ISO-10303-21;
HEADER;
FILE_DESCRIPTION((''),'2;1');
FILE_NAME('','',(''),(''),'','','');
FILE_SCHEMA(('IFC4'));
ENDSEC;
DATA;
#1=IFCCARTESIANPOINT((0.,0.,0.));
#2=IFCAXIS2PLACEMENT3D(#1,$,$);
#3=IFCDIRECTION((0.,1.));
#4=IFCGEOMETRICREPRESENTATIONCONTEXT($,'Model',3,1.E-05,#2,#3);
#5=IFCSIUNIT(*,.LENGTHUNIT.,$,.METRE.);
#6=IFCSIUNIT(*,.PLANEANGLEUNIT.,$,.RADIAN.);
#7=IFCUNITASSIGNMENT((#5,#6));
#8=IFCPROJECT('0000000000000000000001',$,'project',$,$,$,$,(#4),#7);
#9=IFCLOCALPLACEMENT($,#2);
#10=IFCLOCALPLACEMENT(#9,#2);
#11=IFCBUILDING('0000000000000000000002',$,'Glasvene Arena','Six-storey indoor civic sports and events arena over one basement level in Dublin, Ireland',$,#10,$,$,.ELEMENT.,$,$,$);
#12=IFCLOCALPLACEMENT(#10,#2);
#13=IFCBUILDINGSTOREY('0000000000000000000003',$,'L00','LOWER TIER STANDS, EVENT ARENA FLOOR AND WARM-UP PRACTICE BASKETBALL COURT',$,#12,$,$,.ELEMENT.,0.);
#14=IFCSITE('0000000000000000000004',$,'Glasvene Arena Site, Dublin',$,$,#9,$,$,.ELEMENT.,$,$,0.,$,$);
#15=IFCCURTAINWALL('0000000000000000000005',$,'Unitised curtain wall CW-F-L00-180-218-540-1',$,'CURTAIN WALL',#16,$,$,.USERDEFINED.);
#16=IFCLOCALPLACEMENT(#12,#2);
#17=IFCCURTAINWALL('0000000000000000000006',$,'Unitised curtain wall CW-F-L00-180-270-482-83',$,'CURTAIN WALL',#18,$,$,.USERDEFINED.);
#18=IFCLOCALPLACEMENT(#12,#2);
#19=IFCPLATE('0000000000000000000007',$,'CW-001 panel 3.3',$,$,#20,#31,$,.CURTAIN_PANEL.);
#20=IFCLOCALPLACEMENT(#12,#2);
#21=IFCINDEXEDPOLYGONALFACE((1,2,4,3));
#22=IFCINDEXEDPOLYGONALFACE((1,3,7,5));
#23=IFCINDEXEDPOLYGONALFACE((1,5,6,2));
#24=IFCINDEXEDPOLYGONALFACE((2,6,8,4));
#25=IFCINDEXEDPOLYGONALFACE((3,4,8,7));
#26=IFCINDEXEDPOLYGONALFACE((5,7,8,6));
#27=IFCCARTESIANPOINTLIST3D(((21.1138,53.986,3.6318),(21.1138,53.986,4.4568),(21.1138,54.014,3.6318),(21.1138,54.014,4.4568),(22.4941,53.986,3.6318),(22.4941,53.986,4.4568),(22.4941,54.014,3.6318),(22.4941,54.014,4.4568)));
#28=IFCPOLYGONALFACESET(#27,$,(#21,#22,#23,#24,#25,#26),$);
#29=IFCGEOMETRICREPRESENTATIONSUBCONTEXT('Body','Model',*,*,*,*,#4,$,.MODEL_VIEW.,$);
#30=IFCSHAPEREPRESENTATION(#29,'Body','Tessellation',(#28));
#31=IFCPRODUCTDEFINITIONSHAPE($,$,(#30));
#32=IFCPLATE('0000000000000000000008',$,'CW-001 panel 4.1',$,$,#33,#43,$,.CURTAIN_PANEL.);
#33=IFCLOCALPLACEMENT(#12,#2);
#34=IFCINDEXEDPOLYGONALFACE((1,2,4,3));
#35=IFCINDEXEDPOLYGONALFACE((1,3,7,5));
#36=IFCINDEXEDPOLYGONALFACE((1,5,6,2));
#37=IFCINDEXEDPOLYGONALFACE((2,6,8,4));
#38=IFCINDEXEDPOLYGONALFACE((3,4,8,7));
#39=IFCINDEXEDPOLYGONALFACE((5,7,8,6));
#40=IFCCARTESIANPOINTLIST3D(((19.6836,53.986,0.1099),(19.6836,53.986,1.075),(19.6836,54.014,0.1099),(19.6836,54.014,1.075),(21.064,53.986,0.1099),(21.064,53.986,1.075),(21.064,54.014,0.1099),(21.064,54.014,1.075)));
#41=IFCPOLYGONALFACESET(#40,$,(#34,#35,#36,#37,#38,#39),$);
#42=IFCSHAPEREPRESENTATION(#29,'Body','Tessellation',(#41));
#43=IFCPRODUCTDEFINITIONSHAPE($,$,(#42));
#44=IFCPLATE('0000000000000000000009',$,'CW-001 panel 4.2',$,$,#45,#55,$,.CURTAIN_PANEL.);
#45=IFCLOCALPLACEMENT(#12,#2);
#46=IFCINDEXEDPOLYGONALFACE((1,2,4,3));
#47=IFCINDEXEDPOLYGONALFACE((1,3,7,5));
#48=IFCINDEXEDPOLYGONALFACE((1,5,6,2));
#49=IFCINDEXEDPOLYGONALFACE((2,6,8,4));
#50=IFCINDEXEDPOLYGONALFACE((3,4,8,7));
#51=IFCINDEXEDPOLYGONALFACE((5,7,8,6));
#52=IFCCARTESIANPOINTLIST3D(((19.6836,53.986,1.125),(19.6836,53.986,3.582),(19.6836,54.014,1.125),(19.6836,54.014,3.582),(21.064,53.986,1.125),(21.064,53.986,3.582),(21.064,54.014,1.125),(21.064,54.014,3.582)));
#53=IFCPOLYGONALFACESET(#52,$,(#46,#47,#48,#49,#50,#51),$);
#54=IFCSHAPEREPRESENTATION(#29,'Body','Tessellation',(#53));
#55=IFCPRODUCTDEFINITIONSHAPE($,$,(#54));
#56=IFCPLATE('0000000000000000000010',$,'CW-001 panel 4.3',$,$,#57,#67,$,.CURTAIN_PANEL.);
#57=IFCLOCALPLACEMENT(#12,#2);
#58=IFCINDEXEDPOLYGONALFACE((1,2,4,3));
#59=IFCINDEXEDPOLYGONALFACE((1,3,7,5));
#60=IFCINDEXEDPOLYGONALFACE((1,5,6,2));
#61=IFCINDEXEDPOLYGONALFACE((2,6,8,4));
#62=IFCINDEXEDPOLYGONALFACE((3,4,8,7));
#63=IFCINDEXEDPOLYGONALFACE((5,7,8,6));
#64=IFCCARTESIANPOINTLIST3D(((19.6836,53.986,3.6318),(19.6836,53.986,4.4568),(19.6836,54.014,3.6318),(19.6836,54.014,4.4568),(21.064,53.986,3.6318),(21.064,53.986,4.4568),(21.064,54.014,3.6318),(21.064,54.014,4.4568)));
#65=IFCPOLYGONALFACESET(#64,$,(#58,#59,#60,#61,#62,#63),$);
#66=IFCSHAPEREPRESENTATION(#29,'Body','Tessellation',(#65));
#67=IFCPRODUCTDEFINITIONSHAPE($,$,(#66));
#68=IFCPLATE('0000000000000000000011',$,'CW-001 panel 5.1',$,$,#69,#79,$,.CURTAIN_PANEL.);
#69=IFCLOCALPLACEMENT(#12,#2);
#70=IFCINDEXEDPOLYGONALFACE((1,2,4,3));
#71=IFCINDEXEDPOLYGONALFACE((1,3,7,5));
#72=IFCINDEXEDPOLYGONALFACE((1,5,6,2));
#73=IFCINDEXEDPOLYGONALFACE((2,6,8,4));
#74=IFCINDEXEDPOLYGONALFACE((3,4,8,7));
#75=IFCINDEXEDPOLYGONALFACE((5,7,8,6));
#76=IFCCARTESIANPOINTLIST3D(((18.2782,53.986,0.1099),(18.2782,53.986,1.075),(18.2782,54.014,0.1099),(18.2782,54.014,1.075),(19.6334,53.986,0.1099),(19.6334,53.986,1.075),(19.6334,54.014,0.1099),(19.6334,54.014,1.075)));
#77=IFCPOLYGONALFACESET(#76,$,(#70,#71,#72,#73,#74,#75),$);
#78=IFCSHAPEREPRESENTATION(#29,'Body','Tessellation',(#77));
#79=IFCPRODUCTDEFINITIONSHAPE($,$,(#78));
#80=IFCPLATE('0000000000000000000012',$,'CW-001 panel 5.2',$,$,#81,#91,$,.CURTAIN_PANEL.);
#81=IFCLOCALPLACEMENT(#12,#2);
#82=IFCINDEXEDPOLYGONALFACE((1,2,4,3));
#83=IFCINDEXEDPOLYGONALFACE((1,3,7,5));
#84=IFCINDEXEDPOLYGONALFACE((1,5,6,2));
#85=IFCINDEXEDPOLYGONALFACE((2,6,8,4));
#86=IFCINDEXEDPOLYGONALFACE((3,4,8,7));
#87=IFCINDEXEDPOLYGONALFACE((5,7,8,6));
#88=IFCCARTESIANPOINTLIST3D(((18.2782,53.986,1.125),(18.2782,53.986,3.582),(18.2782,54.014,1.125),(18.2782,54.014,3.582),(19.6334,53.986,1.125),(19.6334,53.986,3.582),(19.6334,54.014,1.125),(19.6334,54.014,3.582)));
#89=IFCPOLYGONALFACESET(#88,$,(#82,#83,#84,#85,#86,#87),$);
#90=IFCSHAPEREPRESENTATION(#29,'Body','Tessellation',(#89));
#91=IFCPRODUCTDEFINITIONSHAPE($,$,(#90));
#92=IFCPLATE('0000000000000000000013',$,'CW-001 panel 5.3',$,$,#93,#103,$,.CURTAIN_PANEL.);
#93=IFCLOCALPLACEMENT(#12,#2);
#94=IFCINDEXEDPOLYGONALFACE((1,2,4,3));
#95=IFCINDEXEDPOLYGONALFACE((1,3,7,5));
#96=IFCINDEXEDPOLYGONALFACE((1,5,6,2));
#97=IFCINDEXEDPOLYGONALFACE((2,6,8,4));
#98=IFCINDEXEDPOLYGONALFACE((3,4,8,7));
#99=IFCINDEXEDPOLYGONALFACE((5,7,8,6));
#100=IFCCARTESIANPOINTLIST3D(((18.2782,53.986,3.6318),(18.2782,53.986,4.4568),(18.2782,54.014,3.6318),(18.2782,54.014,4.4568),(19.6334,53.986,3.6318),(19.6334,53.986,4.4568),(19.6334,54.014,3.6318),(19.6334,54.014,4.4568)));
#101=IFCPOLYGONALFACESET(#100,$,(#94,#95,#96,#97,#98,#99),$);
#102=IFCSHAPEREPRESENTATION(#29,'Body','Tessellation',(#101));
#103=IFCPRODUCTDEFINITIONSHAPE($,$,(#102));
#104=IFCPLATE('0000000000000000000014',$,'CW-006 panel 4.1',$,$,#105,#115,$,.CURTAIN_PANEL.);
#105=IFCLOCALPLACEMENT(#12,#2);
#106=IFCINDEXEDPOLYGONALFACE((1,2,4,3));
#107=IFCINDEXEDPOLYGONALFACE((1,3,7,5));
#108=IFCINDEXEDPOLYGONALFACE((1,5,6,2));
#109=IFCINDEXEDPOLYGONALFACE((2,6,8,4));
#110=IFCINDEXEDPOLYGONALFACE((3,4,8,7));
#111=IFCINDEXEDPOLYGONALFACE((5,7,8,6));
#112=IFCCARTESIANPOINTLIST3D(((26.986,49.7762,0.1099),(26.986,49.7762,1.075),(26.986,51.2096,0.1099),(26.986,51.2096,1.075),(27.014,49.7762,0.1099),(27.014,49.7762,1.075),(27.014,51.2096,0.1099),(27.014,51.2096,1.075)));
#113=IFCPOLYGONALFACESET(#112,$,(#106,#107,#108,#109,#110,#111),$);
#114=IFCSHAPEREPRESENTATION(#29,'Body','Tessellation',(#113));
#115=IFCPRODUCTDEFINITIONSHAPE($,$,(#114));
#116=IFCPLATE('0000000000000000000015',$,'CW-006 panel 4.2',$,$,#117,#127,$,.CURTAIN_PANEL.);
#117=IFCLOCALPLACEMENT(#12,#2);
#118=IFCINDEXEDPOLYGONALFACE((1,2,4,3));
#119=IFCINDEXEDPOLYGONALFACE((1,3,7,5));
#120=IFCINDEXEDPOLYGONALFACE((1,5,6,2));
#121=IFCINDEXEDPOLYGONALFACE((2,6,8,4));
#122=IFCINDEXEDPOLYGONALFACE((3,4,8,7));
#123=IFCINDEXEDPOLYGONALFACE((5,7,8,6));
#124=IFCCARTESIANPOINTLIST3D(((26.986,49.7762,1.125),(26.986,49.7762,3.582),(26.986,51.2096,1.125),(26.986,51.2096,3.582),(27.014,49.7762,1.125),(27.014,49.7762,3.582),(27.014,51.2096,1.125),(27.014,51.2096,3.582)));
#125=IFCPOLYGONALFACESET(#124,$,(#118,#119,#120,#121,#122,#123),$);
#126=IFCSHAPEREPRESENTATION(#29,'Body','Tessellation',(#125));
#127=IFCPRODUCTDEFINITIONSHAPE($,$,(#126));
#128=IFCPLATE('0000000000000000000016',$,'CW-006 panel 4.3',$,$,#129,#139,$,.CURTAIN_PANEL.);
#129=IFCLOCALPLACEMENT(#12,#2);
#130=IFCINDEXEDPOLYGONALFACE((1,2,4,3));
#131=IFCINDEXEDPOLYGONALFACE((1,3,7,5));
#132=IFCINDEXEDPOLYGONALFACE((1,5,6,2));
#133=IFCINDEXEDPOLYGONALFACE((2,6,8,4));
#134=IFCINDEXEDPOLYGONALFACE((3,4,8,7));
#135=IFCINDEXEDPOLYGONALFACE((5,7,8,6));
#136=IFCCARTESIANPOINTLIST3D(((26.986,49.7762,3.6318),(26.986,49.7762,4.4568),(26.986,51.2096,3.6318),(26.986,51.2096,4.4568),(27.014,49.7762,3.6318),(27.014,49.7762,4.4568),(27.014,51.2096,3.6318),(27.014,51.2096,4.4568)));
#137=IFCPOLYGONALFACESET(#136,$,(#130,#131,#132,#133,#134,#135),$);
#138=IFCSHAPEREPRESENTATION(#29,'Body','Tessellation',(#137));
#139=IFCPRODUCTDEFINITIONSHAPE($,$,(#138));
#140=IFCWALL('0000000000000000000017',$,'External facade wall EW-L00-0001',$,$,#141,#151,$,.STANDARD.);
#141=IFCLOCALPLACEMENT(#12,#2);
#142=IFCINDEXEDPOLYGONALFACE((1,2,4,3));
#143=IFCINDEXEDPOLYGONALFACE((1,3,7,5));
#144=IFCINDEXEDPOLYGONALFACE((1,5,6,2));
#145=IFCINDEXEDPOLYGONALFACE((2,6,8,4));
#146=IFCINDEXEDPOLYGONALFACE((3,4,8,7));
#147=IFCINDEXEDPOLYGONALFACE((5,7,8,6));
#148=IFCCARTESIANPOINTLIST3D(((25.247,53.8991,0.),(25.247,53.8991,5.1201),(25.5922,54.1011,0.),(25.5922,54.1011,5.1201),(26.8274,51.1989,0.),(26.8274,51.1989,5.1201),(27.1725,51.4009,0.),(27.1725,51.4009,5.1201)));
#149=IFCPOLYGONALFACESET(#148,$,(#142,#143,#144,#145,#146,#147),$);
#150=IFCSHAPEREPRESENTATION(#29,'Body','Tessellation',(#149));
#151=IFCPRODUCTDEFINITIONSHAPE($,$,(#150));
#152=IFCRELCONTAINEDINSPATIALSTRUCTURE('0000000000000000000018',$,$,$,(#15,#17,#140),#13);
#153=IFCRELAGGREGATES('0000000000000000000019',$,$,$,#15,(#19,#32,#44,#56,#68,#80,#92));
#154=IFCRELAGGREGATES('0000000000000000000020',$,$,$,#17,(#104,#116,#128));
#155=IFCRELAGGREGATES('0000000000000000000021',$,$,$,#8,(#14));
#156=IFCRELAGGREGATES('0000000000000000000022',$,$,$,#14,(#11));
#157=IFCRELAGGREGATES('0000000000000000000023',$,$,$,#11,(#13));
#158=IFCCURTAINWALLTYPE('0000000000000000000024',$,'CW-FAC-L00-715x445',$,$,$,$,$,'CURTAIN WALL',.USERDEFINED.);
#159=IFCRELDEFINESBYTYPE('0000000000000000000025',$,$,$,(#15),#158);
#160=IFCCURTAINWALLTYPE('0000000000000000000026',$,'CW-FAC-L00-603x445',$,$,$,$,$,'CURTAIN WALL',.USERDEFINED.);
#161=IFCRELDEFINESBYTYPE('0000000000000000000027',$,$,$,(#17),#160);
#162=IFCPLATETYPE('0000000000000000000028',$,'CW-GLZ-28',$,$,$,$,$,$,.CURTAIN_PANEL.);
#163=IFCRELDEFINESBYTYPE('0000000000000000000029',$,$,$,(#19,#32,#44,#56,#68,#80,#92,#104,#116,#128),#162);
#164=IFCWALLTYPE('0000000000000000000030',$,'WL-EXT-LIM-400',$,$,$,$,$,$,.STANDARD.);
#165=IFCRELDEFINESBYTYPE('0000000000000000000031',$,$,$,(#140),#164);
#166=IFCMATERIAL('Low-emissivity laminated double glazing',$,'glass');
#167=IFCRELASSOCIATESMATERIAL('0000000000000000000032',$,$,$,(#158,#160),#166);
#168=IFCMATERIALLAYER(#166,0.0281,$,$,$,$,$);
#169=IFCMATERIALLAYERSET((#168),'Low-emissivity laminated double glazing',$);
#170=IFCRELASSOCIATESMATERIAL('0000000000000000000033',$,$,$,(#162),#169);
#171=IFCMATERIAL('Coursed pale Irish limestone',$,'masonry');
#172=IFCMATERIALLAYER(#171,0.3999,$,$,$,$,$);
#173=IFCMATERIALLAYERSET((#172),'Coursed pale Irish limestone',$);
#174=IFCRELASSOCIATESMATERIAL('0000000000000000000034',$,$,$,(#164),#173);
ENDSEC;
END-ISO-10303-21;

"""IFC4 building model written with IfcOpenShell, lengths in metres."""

from ifc_helpers import new_model, si_unit, direction, frame, frame_2d, origin, origin_2d, place, context, subcontext, project, spatial, rectangle, extrude, material, layer, layer_set, type_object, element, aggregate, save


model = new_model("IFC4")

# Units and contexts
model_context = context("Model", 3, precision=1e-05, world=origin(), true_north=direction((0.0, 1.0)))
body_context = subcontext(model_context, "Body", "Model", "MODEL_VIEW")
ifc_project = project(units=[si_unit("LENGTHUNIT", "METRE"), si_unit("PLANEANGLEUNIT", "RADIAN")], contexts=[model_context])

# Site, building, storey
site_placement = place(None, origin())
site = spatial("IfcSite", under=ifc_project, at=site_placement, Name="Glasvene Arena Site, Dublin", CompositionType="ELEMENT", RefElevation=0.0)
building_placement = place(site_placement, origin())
building = spatial("IfcBuilding", under=site, at=building_placement, Name="Glasvene Arena", Description="Six-storey indoor civic sports and events arena over one basement level in Dublin, Ireland", CompositionType="ELEMENT")
storey_placement = place(building_placement, origin())
storey = spatial("IfcBuildingStorey", under=building, at=storey_placement, Name="L00", Description="LOWER TIER STANDS, EVENT ARENA FLOOR AND WARM-UP PRACTICE BASKETBALL COURT", CompositionType="ELEMENT", Elevation=0.0)

# Curtain wall
ifc_material_1 = material(Name="Low-emissivity laminated double glazing", Category="glass")
curtain_wall_type_1 = type_object("IfcCurtainWallType", Name="CW-FAC-L00-715x445", ElementType="CURTAIN WALL", PredefinedType="USERDEFINED", material=ifc_material_1)
curtain_wall_1_placement = place(storey_placement, frame((25.3796, 54.0, 0.0)))
curtain_wall_1 = element("IfcCurtainWall", 1, at=curtain_wall_1_placement, inside=storey, type_object=curtain_wall_type_1, Name="Unitised curtain wall CW-F-L00-180-218-540-1", ObjectType="CURTAIN WALL", PredefinedType="USERDEFINED")

# Curtain wall
curtain_wall_type_2 = type_object("IfcCurtainWallType", Name="CW-FAC-L00-603x445", ElementType="CURTAIN WALL", PredefinedType="USERDEFINED", material=ifc_material_1)
curtain_wall_2_placement = place(storey_placement, frame((27.0, 45.2261, 0.0)))
curtain_wall_2 = element("IfcCurtainWall", 2, at=curtain_wall_2_placement, inside=storey, type_object=curtain_wall_type_2, Name="Unitised curtain wall CW-F-L00-180-270-482-83", ObjectType="CURTAIN WALL", PredefinedType="USERDEFINED")

# Plates
ifc_layer_1 = layer(ifc_material_1, 0.0281)
ifc_layer_set_1 = layer_set([ifc_layer_1], Name="Low-emissivity laminated double glazing")
plate_type = type_object("IfcPlateType", Name="CW-GLZ-28", PredefinedType="CURTAIN_PANEL", material=ifc_layer_set_1)
plate_1_placement = place(storey_placement, frame((21.804, 54.0, 3.6318), z_axis=(0.0, 0.0, 1.0), x_axis=(-1.0, 0.0, 0.0)))
plate_1 = element("IfcPlate", 3, at=plate_1_placement, type_object=plate_type, Name="CW-001 panel 3.3", PredefinedType="CURTAIN_PANEL", context=body_context, shape_type="SweptSolid", body=[
    extrude(rectangle(XDim=1.3804, YDim=0.0281, at=origin_2d()), origin(), (0.0, 0.0, 1.0), 0.825),
])
plate_2_placement = place(storey_placement, frame((20.3738, 54.0, 0.1099), z_axis=(0.0, 0.0, 1.0), x_axis=(-1.0, 0.0, 0.0)))
plate_2 = element("IfcPlate", 4, at=plate_2_placement, type_object=plate_type, Name="CW-001 panel 4.1", PredefinedType="CURTAIN_PANEL", context=body_context, shape_type="SweptSolid", body=[
    extrude(rectangle(XDim=1.3804, YDim=0.0281, at=origin_2d()), origin(), (0.0, 0.0, 1.0), 0.9651),
])
plate_3_placement = place(storey_placement, frame((20.3738, 54.0, 1.125), z_axis=(0.0, 0.0, 1.0), x_axis=(-1.0, 0.0, 0.0)))
plate_3 = element("IfcPlate", 5, at=plate_3_placement, type_object=plate_type, Name="CW-001 panel 4.2", PredefinedType="CURTAIN_PANEL", context=body_context, shape_type="SweptSolid", body=[
    extrude(rectangle(XDim=1.3804, YDim=0.0281, at=origin_2d()), origin(), (0.0, 0.0, 1.0), 2.457),
])
plate_4_placement = place(storey_placement, frame((20.3738, 54.0, 3.6318), z_axis=(0.0, 0.0, 1.0), x_axis=(-1.0, 0.0, 0.0)))
plate_4 = element("IfcPlate", 6, at=plate_4_placement, type_object=plate_type, Name="CW-001 panel 4.3", PredefinedType="CURTAIN_PANEL", context=body_context, shape_type="SweptSolid", body=[
    extrude(rectangle(XDim=1.3804, YDim=0.0281, at=origin_2d()), origin(), (0.0, 0.0, 1.0), 0.825),
])
plate_5_placement = place(storey_placement, frame((18.9558, 54.0, 0.1099), z_axis=(0.0, 0.0, 1.0), x_axis=(-1.0, 0.0, 0.0)))
plate_5 = element("IfcPlate", 7, at=plate_5_placement, type_object=plate_type, Name="CW-001 panel 5.1", PredefinedType="CURTAIN_PANEL", context=body_context, shape_type="SweptSolid", body=[
    extrude(rectangle(XDim=1.3552, YDim=0.0281, at=origin_2d()), origin(), (0.0, 0.0, 1.0), 0.9651),
])
plate_6_placement = place(storey_placement, frame((18.9558, 54.0, 1.125), z_axis=(0.0, 0.0, 1.0), x_axis=(-1.0, 0.0, 0.0)))
plate_6 = element("IfcPlate", 8, at=plate_6_placement, type_object=plate_type, Name="CW-001 panel 5.2", PredefinedType="CURTAIN_PANEL", context=body_context, shape_type="SweptSolid", body=[
    extrude(rectangle(XDim=1.3552, YDim=0.0281, at=origin_2d()), origin(), (0.0, 0.0, 1.0), 2.457),
])
plate_7_placement = place(storey_placement, frame((18.9558, 54.0, 3.6318), z_axis=(0.0, 0.0, 1.0), x_axis=(-1.0, 0.0, 0.0)))
plate_7 = element("IfcPlate", 9, at=plate_7_placement, type_object=plate_type, Name="CW-001 panel 5.3", PredefinedType="CURTAIN_PANEL", context=body_context, shape_type="SweptSolid", body=[
    extrude(rectangle(XDim=1.3552, YDim=0.0281, at=origin_2d()), origin(), (0.0, 0.0, 1.0), 0.825),
])
aggregate(curtain_wall_1, [plate_1, plate_2, plate_3, plate_4, plate_5, plate_6, plate_7])
plate_8_placement = place(storey_placement, frame((27.0, 50.4929, 0.1099), z_axis=(0.0, 0.0, 1.0), x_axis=(0.0, 1.0, 0.0)))
plate_8 = element("IfcPlate", 10, at=plate_8_placement, type_object=plate_type, Name="CW-006 panel 4.1", PredefinedType="CURTAIN_PANEL", context=body_context, shape_type="SweptSolid", body=[
    extrude(rectangle(XDim=1.4333, YDim=0.0281, at=origin_2d()), origin(), (0.0, 0.0, 1.0), 0.9651),
])
plate_9_placement = place(storey_placement, frame((27.0, 50.4929, 1.125), z_axis=(0.0, 0.0, 1.0), x_axis=(0.0, 1.0, 0.0)))
plate_9 = element("IfcPlate", 11, at=plate_9_placement, type_object=plate_type, Name="CW-006 panel 4.2", PredefinedType="CURTAIN_PANEL", context=body_context, shape_type="SweptSolid", body=[
    extrude(rectangle(XDim=1.4333, YDim=0.0281, at=origin_2d()), origin(), (0.0, 0.0, 1.0), 2.457),
])
plate_10_placement = place(storey_placement, frame((27.0, 50.4929, 3.6318), z_axis=(0.0, 0.0, 1.0), x_axis=(0.0, 1.0, 0.0)))
plate_10 = element("IfcPlate", 12, at=plate_10_placement, type_object=plate_type, Name="CW-006 panel 4.3", PredefinedType="CURTAIN_PANEL", context=body_context, shape_type="SweptSolid", body=[
    extrude(rectangle(XDim=1.4333, YDim=0.0281, at=origin_2d()), origin(), (0.0, 0.0, 1.0), 0.825),
])
aggregate(curtain_wall_2, [plate_8, plate_9, plate_10])

# Wall
ifc_material_2 = material(Name="Coursed pale Irish limestone", Category="masonry")
ifc_layer_2 = layer(ifc_material_2, 0.3999)
ifc_layer_set_2 = layer_set([ifc_layer_2], Name="Coursed pale Irish limestone")
wall_type = type_object("IfcWallType", Name="WL-EXT-LIM-400", PredefinedType="STANDARD", material=ifc_layer_set_2)
wall_placement = place(storey_placement, frame((27.0, 51.2998, 0.0), z_axis=(0.0, 0.0, 1.0), x_axis=(-0.505113, 0.863053, 0.0)))
element("IfcWall", 13, at=wall_placement, inside=storey, type_object=wall_type, Name="External facade wall EW-L00-0001", PredefinedType="STANDARD", context=body_context, shape_type="SweptSolid", body=[
    extrude(rectangle(XDim=3.1287, YDim=0.3999, at=frame_2d((1.5645, 0.0))), origin(), (0.0, 0.0, 1.0), 5.1201),
])

save(model, "model.ifc")
